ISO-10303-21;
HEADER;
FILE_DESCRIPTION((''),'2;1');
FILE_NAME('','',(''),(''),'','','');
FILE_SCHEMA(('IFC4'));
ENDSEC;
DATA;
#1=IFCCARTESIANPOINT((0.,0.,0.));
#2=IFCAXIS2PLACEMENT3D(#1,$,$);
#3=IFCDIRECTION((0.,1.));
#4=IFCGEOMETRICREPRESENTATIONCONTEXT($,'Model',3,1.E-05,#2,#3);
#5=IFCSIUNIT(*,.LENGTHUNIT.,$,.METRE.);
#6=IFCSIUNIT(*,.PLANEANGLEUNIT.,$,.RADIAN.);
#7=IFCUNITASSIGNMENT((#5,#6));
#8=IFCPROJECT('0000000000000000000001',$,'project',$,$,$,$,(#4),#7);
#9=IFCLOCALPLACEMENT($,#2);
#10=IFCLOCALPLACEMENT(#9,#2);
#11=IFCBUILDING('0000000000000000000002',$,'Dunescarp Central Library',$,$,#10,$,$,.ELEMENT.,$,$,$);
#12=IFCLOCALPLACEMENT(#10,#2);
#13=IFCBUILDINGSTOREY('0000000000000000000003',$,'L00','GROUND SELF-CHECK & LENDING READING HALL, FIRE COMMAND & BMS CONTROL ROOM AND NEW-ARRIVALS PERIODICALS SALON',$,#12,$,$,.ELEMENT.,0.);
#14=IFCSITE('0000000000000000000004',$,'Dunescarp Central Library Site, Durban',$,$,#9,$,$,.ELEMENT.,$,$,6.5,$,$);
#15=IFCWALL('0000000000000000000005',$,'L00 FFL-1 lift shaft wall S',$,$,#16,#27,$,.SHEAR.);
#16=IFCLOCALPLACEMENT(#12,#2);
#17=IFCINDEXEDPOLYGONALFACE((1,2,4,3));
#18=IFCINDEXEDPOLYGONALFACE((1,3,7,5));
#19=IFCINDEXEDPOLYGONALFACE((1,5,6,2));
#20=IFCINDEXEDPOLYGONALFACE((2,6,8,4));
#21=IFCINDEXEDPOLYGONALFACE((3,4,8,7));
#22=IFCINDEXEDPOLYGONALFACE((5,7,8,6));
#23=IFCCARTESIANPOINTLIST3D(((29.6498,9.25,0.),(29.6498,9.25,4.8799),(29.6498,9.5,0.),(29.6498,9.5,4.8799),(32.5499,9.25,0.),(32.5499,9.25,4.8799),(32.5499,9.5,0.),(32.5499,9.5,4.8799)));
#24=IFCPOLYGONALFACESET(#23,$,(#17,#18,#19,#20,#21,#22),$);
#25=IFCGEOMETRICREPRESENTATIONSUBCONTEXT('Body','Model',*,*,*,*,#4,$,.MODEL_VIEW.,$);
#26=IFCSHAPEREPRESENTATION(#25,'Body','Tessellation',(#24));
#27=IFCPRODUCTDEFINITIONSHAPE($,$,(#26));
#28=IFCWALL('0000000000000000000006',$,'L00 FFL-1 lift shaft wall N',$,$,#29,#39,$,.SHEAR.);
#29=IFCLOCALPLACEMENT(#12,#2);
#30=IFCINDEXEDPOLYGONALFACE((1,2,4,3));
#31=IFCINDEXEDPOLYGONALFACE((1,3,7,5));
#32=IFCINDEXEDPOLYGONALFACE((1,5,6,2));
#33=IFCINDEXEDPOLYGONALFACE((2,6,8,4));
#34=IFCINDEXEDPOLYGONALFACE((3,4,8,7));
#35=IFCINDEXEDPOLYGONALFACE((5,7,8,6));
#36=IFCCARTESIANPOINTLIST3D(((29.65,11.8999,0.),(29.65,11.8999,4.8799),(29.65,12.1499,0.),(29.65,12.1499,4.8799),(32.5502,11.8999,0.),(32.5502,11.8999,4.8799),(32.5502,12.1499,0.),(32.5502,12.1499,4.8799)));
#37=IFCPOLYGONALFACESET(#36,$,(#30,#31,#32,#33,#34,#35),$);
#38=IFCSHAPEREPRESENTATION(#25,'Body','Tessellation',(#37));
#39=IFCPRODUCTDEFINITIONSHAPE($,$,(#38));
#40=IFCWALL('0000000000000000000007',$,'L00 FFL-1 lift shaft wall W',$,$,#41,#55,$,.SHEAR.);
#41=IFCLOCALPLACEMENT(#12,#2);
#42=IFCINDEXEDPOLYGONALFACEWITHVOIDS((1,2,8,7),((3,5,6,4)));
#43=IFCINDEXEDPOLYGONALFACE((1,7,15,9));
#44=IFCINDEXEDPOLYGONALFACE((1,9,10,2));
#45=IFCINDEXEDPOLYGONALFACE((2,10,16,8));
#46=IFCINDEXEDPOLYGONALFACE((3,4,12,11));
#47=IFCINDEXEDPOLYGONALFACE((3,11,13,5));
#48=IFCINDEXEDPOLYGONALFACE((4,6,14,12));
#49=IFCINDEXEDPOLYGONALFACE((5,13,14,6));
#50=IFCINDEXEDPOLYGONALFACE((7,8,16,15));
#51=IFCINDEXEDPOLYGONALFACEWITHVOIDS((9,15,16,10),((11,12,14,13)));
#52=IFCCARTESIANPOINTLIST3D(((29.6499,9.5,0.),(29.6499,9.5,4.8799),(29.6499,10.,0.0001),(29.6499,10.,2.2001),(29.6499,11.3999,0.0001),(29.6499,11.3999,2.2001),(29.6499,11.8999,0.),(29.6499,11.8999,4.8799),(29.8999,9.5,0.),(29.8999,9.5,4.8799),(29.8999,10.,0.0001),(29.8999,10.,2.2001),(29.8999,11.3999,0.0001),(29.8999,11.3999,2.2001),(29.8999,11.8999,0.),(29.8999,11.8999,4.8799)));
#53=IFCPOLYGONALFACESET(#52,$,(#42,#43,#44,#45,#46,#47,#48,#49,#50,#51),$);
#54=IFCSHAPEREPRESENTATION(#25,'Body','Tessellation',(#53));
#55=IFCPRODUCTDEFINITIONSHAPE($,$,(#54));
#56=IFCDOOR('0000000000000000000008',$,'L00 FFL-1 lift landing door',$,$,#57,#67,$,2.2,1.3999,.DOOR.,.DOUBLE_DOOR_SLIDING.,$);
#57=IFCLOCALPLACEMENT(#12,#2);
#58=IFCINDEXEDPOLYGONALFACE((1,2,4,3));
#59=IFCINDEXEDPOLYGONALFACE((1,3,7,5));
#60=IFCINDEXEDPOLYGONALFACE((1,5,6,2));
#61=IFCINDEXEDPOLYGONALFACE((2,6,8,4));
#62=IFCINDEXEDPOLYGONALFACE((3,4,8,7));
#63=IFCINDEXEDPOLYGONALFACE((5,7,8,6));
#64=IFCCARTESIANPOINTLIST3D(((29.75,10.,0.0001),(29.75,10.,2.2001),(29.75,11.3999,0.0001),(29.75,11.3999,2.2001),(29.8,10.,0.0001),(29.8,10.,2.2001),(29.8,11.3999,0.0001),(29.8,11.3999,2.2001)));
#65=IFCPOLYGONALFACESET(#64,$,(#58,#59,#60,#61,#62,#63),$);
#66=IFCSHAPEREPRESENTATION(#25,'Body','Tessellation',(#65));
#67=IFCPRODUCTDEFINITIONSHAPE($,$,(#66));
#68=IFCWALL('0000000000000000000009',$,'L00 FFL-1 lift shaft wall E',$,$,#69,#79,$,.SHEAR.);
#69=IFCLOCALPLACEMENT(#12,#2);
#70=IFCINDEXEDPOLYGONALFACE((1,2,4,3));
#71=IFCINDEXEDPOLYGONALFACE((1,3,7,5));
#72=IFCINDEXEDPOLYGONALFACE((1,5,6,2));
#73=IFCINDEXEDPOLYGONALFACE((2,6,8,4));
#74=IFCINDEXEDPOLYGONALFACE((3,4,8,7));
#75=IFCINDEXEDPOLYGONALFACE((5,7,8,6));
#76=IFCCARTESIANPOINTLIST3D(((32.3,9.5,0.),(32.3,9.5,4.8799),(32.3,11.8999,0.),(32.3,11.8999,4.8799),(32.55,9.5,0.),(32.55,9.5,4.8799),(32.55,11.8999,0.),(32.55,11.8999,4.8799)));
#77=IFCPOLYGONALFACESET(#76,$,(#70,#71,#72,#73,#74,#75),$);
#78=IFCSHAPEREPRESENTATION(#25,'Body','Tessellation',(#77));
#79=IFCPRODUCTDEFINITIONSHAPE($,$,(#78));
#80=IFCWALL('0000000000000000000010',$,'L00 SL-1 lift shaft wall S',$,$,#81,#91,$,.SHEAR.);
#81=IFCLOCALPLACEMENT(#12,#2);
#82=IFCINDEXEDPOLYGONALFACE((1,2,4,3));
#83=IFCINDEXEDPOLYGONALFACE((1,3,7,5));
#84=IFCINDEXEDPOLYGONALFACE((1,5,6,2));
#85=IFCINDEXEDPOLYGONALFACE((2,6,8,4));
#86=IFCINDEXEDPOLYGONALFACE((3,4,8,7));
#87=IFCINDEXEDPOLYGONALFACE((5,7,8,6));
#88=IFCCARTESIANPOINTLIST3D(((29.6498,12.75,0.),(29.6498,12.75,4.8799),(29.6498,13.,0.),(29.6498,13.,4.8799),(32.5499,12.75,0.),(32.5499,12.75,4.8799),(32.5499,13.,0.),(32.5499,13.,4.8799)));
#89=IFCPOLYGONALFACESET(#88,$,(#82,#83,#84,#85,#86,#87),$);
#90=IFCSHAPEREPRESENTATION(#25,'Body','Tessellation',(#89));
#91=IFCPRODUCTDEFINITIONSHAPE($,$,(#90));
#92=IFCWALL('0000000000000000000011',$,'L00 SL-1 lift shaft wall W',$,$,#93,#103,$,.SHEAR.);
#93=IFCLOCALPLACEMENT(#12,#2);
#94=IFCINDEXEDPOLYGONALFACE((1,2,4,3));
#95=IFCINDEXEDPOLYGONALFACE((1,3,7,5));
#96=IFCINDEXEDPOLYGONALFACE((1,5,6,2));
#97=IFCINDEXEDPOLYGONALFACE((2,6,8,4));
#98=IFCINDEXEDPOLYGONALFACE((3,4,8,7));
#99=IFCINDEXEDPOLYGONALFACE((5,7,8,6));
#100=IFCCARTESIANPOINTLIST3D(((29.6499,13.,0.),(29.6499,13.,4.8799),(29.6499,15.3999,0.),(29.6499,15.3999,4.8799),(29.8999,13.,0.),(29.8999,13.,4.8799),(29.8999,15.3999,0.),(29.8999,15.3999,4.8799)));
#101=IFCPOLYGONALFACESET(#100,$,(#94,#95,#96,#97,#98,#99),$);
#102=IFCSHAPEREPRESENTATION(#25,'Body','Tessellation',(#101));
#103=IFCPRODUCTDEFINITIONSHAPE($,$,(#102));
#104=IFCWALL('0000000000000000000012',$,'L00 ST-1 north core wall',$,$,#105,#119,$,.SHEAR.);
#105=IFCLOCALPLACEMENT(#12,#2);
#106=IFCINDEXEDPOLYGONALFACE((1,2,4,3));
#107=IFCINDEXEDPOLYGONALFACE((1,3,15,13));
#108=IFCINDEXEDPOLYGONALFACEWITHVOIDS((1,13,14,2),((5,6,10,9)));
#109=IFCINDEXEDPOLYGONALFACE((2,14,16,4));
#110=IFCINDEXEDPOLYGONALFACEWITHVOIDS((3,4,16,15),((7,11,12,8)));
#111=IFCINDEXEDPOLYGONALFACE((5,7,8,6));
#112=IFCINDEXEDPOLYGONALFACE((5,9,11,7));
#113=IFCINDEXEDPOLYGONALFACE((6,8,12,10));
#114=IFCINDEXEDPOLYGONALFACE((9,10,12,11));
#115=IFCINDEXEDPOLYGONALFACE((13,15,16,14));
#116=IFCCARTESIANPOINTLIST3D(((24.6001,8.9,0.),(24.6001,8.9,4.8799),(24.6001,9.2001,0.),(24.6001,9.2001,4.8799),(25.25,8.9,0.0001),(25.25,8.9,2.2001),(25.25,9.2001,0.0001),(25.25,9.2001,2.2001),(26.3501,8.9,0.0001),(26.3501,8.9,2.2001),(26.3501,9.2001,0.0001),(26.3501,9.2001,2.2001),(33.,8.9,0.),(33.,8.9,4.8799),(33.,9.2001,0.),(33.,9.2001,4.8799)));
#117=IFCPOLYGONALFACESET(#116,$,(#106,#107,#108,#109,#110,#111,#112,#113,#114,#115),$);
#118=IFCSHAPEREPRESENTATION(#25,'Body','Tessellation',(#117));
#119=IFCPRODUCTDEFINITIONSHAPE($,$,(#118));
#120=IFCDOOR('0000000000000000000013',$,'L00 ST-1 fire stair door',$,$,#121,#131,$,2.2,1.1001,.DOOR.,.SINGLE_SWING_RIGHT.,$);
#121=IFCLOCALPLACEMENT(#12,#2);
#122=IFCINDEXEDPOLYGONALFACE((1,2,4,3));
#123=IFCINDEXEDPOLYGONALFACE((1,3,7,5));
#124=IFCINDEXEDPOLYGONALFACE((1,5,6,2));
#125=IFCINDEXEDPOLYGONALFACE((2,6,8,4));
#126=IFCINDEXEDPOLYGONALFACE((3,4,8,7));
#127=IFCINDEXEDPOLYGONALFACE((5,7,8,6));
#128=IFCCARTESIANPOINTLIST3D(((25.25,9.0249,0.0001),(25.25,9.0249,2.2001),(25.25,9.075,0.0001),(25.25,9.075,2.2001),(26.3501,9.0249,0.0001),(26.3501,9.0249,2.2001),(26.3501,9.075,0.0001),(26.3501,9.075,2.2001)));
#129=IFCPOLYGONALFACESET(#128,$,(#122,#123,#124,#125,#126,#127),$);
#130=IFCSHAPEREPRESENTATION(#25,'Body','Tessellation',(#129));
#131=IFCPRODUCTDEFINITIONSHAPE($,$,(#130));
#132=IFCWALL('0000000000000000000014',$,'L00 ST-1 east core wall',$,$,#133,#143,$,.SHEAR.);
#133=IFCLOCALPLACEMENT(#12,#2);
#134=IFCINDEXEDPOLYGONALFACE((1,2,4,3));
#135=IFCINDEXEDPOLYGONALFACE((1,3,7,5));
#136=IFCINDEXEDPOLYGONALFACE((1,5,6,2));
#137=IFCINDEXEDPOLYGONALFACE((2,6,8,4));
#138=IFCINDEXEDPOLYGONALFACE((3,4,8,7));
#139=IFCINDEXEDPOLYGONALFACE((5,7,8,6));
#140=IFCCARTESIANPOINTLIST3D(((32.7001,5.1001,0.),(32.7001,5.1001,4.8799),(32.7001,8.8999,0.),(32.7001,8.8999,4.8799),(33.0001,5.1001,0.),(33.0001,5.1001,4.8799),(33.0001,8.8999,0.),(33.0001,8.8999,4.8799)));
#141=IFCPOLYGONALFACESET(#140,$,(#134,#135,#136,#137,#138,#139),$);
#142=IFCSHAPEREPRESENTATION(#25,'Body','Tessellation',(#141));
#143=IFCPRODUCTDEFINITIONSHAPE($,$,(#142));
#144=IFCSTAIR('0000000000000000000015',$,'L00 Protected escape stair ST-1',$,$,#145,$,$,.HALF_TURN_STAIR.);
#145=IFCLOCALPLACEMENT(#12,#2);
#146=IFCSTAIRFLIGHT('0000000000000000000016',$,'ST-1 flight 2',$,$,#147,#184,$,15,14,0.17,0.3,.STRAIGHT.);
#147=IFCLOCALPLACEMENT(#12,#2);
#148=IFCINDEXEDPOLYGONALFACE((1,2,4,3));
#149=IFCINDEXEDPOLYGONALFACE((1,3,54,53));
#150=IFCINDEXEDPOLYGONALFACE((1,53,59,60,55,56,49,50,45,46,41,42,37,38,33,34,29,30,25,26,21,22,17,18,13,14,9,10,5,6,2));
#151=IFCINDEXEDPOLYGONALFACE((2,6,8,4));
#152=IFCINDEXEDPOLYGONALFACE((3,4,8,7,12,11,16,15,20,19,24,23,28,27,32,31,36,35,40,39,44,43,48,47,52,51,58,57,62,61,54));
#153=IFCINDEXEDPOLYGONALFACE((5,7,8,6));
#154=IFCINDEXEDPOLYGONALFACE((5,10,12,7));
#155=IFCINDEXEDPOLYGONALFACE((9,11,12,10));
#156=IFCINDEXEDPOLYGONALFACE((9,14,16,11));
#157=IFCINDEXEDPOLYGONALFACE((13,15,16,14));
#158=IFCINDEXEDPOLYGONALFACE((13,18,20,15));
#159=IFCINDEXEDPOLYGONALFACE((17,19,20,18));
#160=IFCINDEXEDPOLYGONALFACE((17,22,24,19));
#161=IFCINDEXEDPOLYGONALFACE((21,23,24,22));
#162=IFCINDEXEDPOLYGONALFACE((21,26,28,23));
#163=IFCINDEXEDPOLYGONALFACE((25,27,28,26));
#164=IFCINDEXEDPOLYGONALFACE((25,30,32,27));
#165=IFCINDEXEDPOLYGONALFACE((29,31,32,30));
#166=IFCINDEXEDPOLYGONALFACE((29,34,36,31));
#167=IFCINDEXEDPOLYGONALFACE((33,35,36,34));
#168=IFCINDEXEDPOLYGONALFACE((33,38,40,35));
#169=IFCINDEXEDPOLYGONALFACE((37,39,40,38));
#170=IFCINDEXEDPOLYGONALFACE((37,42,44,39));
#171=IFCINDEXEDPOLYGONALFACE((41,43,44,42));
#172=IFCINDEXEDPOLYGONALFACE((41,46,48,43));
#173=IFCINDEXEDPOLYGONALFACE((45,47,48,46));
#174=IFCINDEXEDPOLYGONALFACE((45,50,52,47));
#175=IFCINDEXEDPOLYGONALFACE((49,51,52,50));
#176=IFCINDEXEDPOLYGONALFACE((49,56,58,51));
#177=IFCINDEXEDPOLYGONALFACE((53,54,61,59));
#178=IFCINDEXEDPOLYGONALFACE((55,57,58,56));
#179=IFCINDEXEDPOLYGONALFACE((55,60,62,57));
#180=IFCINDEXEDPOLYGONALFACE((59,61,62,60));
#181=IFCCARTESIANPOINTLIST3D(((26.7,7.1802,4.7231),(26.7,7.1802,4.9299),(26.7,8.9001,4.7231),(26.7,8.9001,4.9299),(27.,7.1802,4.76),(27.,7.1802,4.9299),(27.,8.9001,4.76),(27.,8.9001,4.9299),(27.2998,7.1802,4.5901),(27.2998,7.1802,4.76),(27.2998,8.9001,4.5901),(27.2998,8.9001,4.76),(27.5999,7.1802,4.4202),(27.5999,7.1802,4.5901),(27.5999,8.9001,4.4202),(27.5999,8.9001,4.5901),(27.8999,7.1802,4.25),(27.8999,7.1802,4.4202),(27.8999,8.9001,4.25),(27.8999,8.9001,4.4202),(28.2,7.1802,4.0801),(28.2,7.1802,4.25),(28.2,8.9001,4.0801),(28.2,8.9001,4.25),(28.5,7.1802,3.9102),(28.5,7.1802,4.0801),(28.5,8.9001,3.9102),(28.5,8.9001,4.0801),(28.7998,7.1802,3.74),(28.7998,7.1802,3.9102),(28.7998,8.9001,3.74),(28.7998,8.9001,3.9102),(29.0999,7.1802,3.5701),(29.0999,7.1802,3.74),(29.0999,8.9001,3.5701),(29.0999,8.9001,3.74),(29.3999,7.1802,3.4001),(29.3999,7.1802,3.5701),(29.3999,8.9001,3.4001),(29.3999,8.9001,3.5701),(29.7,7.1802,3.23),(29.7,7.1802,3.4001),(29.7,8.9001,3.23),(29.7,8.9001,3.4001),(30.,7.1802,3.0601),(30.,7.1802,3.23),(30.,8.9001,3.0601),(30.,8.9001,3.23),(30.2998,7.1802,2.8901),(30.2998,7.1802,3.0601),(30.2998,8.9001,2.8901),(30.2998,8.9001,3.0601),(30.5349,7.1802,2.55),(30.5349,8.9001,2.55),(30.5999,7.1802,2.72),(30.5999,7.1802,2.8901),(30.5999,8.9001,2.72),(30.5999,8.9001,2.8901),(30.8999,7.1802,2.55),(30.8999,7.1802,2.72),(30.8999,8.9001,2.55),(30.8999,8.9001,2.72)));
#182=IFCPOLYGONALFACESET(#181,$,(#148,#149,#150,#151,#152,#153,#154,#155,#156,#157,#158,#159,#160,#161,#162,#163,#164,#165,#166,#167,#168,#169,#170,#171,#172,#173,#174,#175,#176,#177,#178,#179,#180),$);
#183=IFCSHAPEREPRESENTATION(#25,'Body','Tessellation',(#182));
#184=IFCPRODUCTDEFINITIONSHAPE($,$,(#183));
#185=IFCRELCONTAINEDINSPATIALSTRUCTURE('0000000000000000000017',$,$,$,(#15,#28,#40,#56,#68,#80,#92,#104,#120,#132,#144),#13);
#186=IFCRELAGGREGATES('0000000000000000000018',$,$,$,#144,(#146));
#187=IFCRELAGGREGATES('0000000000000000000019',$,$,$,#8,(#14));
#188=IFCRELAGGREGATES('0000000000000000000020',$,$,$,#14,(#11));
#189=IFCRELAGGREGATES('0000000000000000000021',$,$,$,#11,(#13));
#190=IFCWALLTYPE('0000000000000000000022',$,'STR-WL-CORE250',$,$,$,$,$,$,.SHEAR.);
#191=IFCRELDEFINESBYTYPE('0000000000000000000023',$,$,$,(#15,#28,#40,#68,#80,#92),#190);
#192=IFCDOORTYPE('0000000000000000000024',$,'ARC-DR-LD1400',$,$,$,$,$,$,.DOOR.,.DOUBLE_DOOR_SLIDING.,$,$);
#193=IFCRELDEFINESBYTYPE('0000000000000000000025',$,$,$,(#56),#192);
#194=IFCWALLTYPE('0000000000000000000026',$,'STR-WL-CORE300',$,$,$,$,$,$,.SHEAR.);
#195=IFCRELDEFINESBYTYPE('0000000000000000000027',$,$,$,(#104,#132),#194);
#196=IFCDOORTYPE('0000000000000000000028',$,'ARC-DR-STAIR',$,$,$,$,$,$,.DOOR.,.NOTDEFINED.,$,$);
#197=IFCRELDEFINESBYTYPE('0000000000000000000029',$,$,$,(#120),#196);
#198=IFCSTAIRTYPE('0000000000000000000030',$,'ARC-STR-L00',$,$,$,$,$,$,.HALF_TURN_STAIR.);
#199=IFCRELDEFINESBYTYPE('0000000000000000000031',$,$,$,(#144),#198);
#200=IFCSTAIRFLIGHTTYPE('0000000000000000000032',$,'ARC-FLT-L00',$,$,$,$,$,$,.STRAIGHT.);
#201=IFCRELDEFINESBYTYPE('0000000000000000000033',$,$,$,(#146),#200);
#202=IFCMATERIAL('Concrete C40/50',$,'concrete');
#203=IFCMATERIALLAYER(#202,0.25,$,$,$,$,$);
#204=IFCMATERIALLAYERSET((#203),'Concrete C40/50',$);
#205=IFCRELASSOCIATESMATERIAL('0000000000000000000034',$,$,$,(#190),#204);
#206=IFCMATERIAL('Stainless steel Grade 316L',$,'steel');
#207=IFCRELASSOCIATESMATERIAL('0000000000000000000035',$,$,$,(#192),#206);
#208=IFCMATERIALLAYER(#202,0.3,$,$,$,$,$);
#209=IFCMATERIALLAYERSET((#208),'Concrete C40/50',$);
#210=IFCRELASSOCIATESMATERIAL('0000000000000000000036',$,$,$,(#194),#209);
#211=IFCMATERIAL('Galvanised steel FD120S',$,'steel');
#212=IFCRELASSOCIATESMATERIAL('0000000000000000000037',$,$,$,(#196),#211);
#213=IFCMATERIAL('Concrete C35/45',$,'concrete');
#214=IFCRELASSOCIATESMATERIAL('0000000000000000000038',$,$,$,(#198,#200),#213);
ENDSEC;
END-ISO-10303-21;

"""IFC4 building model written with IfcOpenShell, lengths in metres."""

from ifc_helpers import new_model, si_unit, direction, frame, frame_2d, origin, place, context, subcontext, project, spatial, polyline, rectangle, outline, extrude, material, layer, layer_set, type_object, element, fill, aggregate, save


model = new_model("IFC4")

# Units and contexts
model_context = context("Model", 3, precision=1e-05, world=origin(), true_north=direction((0.0, 1.0)))
body_context = subcontext(model_context, "Body", "Model", "MODEL_VIEW")
ifc_project = project(units=[si_unit("LENGTHUNIT", "METRE"), si_unit("PLANEANGLEUNIT", "RADIAN")], contexts=[model_context])

# Site, building, storey
site_placement = place(None, origin())
site = spatial("IfcSite", under=ifc_project, at=site_placement, Name="Dunescarp Central Library Site, Durban", CompositionType="ELEMENT", RefElevation=6.5)
building_placement = place(site_placement, origin())
building = spatial("IfcBuilding", under=site, at=building_placement, Name="Dunescarp Central Library", CompositionType="ELEMENT")
storey_placement = place(building_placement, origin())
storey = spatial("IfcBuildingStorey", under=building, at=storey_placement, Name="L00", Description="GROUND SELF-CHECK & LENDING READING HALL, FIRE COMMAND & BMS CONTROL ROOM AND NEW-ARRIVALS PERIODICALS SALON", CompositionType="ELEMENT", Elevation=0.0)

# Shared definitions
ifc_material_1 = material(Name="Concrete C40/50", Category="concrete")

# Shared definitions
ifc_material_2 = material(Name="Concrete C35/45", Category="concrete")

# Walls
ifc_layer_1 = layer(ifc_material_1, 0.25)
ifc_layer_set_1 = layer_set([ifc_layer_1], Name="Concrete C40/50")
wall_type_1 = type_object("IfcWallType", Name="STR-WL-CORE250", PredefinedType="SHEAR", material=ifc_layer_set_1)
for number, where, z_axis, x_axis, name in (
    (1, (32.55, 9.375, 0.0), (0.0, 0.0, 1.0), (-1.0, 0.0, 0.0), "L00 FFL-1 lift shaft wall S"),
    (2, (29.6499, 12.0249, 0.0), (0.0, 0.0, 1.0), (1.0, 0.0, 0.0), "L00 FFL-1 lift shaft wall N"),
):
    element("IfcWall", number, at=place(storey_placement, frame(where, z_axis=z_axis, x_axis=x_axis)), inside=storey, type_object=wall_type_1, Name=name, PredefinedType="SHEAR", context=body_context, shape_type="SweptSolid", body=[
        extrude(rectangle(XDim=2.9001, YDim=0.25, at=frame_2d((1.4502, 0.0))), origin(), (0.0, 0.0, 1.0), 4.8799),
    ])

# Wall, opening, door
wall_1_placement = place(storey_placement, frame((29.7749, 9.5, 0.0), z_axis=(0.0, 0.0, 1.0), x_axis=(0.0, 1.0, 0.0)))
wall_1 = element("IfcWall", 3, at=wall_1_placement, inside=storey, type_object=wall_type_1, Name="L00 FFL-1 lift shaft wall W", PredefinedType="SHEAR", context=body_context, shape_type="SweptSolid", body=[
    extrude(rectangle(XDim=2.3999, YDim=0.25, at=frame_2d((1.2, 0.0))), origin(), (0.0, 0.0, 1.0), 4.8799),
])
opening_1_placement = place(wall_1_placement, frame((0.5, 0.0, 0.0)))
opening_1 = element("IfcOpeningElement", 4, at=opening_1_placement, cuts=wall_1, PredefinedType="OPENING", context=body_context, shape_type="SweptSolid", body=[
    extrude(rectangle(XDim=1.3999, YDim=2.2, at=frame_2d((0.7, 1.1001))), frame((0.0, 0.135, 0.0), z_axis=(0.0, -1.0, 0.0), x_axis=(1.0, 0.0, 0.0)), (0.0, 0.0, 1.0), 0.27),
])
ifc_material_3 = material(Name="Stainless steel Grade 316L", Category="steel")
door_type_1 = type_object("IfcDoorType", Name="ARC-DR-LD1400", OperationType="DOUBLE_DOOR_SLIDING", PredefinedType="DOOR", material=ifc_material_3)
door_1_placement = place(opening_1_placement, origin())
door_1 = element("IfcDoor", 5, at=door_1_placement, inside=storey, type_object=door_type_1, Name="L00 FFL-1 lift landing door", OperationType="DOUBLE_DOOR_SLIDING", OverallHeight=2.2, OverallWidth=1.3999, PredefinedType="DOOR", context=body_context, shape_type="SweptSolid", body=[
    extrude(rectangle(XDim=1.3999, YDim=2.2, at=frame_2d((0.7, 1.1001))), frame((0.0, 0.0249, 0.0), z_axis=(0.0, -1.0, 0.0), x_axis=(1.0, 0.0, 0.0)), (0.0, 0.0, 1.0), 0.05),
])
fill(opening_1, door_1)

# Walls
wall_2_placement = place(storey_placement, frame((32.425, 11.8999, 0.0), z_axis=(0.0, 0.0, 1.0), x_axis=(0.0, -1.0, 0.0)))
element("IfcWall", 6, at=wall_2_placement, inside=storey, type_object=wall_type_1, Name="L00 FFL-1 lift shaft wall E", PredefinedType="SHEAR", context=body_context, shape_type="SweptSolid", body=[
    extrude(rectangle(XDim=2.3999, YDim=0.25, at=frame_2d((1.2, 0.0))), origin(), (0.0, 0.0, 1.0), 4.8799),
])
wall_3_placement = place(storey_placement, frame((32.55, 12.875, 0.0), z_axis=(0.0, 0.0, 1.0), x_axis=(-1.0, 0.0, 0.0)))
element("IfcWall", 7, at=wall_3_placement, inside=storey, type_object=wall_type_1, Name="L00 SL-1 lift shaft wall S", PredefinedType="SHEAR", context=body_context, shape_type="SweptSolid", body=[
    extrude(rectangle(XDim=2.9001, YDim=0.25, at=frame_2d((1.4502, 0.0))), origin(), (0.0, 0.0, 1.0), 4.8799),
])
wall_4_placement = place(storey_placement, frame((29.7749, 13.0, 0.0), z_axis=(0.0, 0.0, 1.0), x_axis=(0.0, 1.0, 0.0)))
element("IfcWall", 8, at=wall_4_placement, inside=storey, type_object=wall_type_1, Name="L00 SL-1 lift shaft wall W", PredefinedType="SHEAR", context=body_context, shape_type="SweptSolid", body=[
    extrude(rectangle(XDim=2.3999, YDim=0.25, at=frame_2d((1.2, 0.0))), origin(), (0.0, 0.0, 1.0), 4.8799),
])

# Wall, opening, door
ifc_layer_2 = layer(ifc_material_1, 0.3)
ifc_layer_set_2 = layer_set([ifc_layer_2], Name="Concrete C40/50")
wall_type_2 = type_object("IfcWallType", Name="STR-WL-CORE300", PredefinedType="SHEAR", material=ifc_layer_set_2)
wall_5_placement = place(storey_placement, frame((24.6001, 9.05, 0.0), z_axis=(0.0, 0.0, 1.0), x_axis=(1.0, 0.0, 0.0)))
wall_5 = element("IfcWall", 9, at=wall_5_placement, inside=storey, type_object=wall_type_2, Name="L00 ST-1 north core wall", PredefinedType="SHEAR", context=body_context, shape_type="SweptSolid", body=[
    extrude(rectangle(XDim=8.3999, YDim=0.3, at=frame_2d((4.2, 0.0))), origin(), (0.0, 0.0, 1.0), 4.8799),
])
opening_2_placement = place(wall_5_placement, frame((0.6499, 0.0, 0.0)))
opening_2 = element("IfcOpeningElement", 10, at=opening_2_placement, cuts=wall_5, PredefinedType="OPENING", context=body_context, shape_type="SweptSolid", body=[
    extrude(rectangle(XDim=1.1001, YDim=2.2, at=frame_2d((0.55, 1.1001))), frame((0.0, 0.1602, 0.0), z_axis=(0.0, -1.0, 0.0), x_axis=(1.0, 0.0, 0.0)), (0.0, 0.0, 1.0), 0.3201),
])
ifc_material_4 = material(Name="Galvanised steel FD120S", Category="steel")
door_type_2 = type_object("IfcDoorType", Name="ARC-DR-STAIR", OperationType="NOTDEFINED", PredefinedType="DOOR", material=ifc_material_4)
door_2_placement = place(opening_2_placement, origin())
door_2 = element("IfcDoor", 11, at=door_2_placement, inside=storey, type_object=door_type_2, Name="L00 ST-1 fire stair door", OperationType="SINGLE_SWING_RIGHT", OverallHeight=2.2, OverallWidth=1.1001, PredefinedType="DOOR", context=body_context, shape_type="SweptSolid", body=[
    extrude(rectangle(XDim=1.1001, YDim=2.2, at=frame_2d((0.55, 1.1001))), frame((0.0, 0.0249, 0.0), z_axis=(0.0, -1.0, 0.0), x_axis=(1.0, 0.0, 0.0)), (0.0, 0.0, 1.0), 0.05),
])
fill(opening_2, door_2)

# Wall
wall_6_placement = place(storey_placement, frame((32.8501, 8.8999, 0.0), z_axis=(0.0, 0.0, 1.0), x_axis=(0.0, -1.0, 0.0)))
element("IfcWall", 12, at=wall_6_placement, inside=storey, type_object=wall_type_2, Name="L00 ST-1 east core wall", PredefinedType="SHEAR", context=body_context, shape_type="SweptSolid", body=[
    extrude(rectangle(XDim=3.7998, YDim=0.3, at=frame_2d((1.8999, 0.0))), origin(), (0.0, 0.0, 1.0), 4.8799),
])

# Stair, stair flight
stair_type = type_object("IfcStairType", Name="ARC-STR-L00", PredefinedType="HALF_TURN_STAIR", material=ifc_material_2)
stair_placement = place(storey_placement, origin())
stair = element("IfcStair", 13, at=stair_placement, inside=storey, type_object=stair_type, Name="L00 Protected escape stair ST-1", PredefinedType="HALF_TURN_STAIR")
stair_flight_type = type_object("IfcStairFlightType", Name="ARC-FLT-L00", PredefinedType="STRAIGHT", material=ifc_material_2)
stair_flight_placement = place(storey_placement, frame((30.8999, 8.04, 2.55), z_axis=(0.0, 0.0, 1.0), x_axis=(-1.0, 0.0, 0.0)))
stair_flight = element("IfcStairFlight", 14, at=stair_flight_placement, type_object=stair_flight_type, Name="ST-1 flight 2", NumberOfRisers=15, NumberOfTreads=14, PredefinedType="STRAIGHT", RiserHeight=0.17, TreadLength=0.3, context=body_context, shape_type="SweptSolid", body=[
    extrude(outline(polyline([(0.0, 0.0), (0.0, 0.1699), (0.3, 0.1699), (0.3, 0.3401), (0.6001, 0.3401), (0.6001, 0.51), (0.8999, 0.51), (0.8999, 0.6799), (1.2, 0.6799), (1.2, 0.8501), (1.5, 0.8501), (1.5, 1.02), (1.8, 1.02), (1.8, 1.1899), (2.1001, 1.1899), (2.1001, 1.3601), (2.3999, 1.3601), (2.3999, 1.53), (2.7, 1.53), (2.7, 1.7), (3.0, 1.7), (3.0, 1.8701), (3.3, 1.8701), (3.3, 2.04), (3.6001, 2.04), (3.6001, 2.21), (3.8999, 2.21), (3.8999, 2.3799), (4.2, 2.3799), (4.2, 2.55), (4.2, 2.1731), (0.365, 0.0), (0.0, 0.0)])), frame((0.0, 0.8599, 0.0), z_axis=(0.0, -1.0, 0.0), x_axis=(1.0, 0.0, 0.0)), (0.0, 0.0, 1.0), 1.72),
])
aggregate(stair, [stair_flight])

save(model, "model.ifc")
